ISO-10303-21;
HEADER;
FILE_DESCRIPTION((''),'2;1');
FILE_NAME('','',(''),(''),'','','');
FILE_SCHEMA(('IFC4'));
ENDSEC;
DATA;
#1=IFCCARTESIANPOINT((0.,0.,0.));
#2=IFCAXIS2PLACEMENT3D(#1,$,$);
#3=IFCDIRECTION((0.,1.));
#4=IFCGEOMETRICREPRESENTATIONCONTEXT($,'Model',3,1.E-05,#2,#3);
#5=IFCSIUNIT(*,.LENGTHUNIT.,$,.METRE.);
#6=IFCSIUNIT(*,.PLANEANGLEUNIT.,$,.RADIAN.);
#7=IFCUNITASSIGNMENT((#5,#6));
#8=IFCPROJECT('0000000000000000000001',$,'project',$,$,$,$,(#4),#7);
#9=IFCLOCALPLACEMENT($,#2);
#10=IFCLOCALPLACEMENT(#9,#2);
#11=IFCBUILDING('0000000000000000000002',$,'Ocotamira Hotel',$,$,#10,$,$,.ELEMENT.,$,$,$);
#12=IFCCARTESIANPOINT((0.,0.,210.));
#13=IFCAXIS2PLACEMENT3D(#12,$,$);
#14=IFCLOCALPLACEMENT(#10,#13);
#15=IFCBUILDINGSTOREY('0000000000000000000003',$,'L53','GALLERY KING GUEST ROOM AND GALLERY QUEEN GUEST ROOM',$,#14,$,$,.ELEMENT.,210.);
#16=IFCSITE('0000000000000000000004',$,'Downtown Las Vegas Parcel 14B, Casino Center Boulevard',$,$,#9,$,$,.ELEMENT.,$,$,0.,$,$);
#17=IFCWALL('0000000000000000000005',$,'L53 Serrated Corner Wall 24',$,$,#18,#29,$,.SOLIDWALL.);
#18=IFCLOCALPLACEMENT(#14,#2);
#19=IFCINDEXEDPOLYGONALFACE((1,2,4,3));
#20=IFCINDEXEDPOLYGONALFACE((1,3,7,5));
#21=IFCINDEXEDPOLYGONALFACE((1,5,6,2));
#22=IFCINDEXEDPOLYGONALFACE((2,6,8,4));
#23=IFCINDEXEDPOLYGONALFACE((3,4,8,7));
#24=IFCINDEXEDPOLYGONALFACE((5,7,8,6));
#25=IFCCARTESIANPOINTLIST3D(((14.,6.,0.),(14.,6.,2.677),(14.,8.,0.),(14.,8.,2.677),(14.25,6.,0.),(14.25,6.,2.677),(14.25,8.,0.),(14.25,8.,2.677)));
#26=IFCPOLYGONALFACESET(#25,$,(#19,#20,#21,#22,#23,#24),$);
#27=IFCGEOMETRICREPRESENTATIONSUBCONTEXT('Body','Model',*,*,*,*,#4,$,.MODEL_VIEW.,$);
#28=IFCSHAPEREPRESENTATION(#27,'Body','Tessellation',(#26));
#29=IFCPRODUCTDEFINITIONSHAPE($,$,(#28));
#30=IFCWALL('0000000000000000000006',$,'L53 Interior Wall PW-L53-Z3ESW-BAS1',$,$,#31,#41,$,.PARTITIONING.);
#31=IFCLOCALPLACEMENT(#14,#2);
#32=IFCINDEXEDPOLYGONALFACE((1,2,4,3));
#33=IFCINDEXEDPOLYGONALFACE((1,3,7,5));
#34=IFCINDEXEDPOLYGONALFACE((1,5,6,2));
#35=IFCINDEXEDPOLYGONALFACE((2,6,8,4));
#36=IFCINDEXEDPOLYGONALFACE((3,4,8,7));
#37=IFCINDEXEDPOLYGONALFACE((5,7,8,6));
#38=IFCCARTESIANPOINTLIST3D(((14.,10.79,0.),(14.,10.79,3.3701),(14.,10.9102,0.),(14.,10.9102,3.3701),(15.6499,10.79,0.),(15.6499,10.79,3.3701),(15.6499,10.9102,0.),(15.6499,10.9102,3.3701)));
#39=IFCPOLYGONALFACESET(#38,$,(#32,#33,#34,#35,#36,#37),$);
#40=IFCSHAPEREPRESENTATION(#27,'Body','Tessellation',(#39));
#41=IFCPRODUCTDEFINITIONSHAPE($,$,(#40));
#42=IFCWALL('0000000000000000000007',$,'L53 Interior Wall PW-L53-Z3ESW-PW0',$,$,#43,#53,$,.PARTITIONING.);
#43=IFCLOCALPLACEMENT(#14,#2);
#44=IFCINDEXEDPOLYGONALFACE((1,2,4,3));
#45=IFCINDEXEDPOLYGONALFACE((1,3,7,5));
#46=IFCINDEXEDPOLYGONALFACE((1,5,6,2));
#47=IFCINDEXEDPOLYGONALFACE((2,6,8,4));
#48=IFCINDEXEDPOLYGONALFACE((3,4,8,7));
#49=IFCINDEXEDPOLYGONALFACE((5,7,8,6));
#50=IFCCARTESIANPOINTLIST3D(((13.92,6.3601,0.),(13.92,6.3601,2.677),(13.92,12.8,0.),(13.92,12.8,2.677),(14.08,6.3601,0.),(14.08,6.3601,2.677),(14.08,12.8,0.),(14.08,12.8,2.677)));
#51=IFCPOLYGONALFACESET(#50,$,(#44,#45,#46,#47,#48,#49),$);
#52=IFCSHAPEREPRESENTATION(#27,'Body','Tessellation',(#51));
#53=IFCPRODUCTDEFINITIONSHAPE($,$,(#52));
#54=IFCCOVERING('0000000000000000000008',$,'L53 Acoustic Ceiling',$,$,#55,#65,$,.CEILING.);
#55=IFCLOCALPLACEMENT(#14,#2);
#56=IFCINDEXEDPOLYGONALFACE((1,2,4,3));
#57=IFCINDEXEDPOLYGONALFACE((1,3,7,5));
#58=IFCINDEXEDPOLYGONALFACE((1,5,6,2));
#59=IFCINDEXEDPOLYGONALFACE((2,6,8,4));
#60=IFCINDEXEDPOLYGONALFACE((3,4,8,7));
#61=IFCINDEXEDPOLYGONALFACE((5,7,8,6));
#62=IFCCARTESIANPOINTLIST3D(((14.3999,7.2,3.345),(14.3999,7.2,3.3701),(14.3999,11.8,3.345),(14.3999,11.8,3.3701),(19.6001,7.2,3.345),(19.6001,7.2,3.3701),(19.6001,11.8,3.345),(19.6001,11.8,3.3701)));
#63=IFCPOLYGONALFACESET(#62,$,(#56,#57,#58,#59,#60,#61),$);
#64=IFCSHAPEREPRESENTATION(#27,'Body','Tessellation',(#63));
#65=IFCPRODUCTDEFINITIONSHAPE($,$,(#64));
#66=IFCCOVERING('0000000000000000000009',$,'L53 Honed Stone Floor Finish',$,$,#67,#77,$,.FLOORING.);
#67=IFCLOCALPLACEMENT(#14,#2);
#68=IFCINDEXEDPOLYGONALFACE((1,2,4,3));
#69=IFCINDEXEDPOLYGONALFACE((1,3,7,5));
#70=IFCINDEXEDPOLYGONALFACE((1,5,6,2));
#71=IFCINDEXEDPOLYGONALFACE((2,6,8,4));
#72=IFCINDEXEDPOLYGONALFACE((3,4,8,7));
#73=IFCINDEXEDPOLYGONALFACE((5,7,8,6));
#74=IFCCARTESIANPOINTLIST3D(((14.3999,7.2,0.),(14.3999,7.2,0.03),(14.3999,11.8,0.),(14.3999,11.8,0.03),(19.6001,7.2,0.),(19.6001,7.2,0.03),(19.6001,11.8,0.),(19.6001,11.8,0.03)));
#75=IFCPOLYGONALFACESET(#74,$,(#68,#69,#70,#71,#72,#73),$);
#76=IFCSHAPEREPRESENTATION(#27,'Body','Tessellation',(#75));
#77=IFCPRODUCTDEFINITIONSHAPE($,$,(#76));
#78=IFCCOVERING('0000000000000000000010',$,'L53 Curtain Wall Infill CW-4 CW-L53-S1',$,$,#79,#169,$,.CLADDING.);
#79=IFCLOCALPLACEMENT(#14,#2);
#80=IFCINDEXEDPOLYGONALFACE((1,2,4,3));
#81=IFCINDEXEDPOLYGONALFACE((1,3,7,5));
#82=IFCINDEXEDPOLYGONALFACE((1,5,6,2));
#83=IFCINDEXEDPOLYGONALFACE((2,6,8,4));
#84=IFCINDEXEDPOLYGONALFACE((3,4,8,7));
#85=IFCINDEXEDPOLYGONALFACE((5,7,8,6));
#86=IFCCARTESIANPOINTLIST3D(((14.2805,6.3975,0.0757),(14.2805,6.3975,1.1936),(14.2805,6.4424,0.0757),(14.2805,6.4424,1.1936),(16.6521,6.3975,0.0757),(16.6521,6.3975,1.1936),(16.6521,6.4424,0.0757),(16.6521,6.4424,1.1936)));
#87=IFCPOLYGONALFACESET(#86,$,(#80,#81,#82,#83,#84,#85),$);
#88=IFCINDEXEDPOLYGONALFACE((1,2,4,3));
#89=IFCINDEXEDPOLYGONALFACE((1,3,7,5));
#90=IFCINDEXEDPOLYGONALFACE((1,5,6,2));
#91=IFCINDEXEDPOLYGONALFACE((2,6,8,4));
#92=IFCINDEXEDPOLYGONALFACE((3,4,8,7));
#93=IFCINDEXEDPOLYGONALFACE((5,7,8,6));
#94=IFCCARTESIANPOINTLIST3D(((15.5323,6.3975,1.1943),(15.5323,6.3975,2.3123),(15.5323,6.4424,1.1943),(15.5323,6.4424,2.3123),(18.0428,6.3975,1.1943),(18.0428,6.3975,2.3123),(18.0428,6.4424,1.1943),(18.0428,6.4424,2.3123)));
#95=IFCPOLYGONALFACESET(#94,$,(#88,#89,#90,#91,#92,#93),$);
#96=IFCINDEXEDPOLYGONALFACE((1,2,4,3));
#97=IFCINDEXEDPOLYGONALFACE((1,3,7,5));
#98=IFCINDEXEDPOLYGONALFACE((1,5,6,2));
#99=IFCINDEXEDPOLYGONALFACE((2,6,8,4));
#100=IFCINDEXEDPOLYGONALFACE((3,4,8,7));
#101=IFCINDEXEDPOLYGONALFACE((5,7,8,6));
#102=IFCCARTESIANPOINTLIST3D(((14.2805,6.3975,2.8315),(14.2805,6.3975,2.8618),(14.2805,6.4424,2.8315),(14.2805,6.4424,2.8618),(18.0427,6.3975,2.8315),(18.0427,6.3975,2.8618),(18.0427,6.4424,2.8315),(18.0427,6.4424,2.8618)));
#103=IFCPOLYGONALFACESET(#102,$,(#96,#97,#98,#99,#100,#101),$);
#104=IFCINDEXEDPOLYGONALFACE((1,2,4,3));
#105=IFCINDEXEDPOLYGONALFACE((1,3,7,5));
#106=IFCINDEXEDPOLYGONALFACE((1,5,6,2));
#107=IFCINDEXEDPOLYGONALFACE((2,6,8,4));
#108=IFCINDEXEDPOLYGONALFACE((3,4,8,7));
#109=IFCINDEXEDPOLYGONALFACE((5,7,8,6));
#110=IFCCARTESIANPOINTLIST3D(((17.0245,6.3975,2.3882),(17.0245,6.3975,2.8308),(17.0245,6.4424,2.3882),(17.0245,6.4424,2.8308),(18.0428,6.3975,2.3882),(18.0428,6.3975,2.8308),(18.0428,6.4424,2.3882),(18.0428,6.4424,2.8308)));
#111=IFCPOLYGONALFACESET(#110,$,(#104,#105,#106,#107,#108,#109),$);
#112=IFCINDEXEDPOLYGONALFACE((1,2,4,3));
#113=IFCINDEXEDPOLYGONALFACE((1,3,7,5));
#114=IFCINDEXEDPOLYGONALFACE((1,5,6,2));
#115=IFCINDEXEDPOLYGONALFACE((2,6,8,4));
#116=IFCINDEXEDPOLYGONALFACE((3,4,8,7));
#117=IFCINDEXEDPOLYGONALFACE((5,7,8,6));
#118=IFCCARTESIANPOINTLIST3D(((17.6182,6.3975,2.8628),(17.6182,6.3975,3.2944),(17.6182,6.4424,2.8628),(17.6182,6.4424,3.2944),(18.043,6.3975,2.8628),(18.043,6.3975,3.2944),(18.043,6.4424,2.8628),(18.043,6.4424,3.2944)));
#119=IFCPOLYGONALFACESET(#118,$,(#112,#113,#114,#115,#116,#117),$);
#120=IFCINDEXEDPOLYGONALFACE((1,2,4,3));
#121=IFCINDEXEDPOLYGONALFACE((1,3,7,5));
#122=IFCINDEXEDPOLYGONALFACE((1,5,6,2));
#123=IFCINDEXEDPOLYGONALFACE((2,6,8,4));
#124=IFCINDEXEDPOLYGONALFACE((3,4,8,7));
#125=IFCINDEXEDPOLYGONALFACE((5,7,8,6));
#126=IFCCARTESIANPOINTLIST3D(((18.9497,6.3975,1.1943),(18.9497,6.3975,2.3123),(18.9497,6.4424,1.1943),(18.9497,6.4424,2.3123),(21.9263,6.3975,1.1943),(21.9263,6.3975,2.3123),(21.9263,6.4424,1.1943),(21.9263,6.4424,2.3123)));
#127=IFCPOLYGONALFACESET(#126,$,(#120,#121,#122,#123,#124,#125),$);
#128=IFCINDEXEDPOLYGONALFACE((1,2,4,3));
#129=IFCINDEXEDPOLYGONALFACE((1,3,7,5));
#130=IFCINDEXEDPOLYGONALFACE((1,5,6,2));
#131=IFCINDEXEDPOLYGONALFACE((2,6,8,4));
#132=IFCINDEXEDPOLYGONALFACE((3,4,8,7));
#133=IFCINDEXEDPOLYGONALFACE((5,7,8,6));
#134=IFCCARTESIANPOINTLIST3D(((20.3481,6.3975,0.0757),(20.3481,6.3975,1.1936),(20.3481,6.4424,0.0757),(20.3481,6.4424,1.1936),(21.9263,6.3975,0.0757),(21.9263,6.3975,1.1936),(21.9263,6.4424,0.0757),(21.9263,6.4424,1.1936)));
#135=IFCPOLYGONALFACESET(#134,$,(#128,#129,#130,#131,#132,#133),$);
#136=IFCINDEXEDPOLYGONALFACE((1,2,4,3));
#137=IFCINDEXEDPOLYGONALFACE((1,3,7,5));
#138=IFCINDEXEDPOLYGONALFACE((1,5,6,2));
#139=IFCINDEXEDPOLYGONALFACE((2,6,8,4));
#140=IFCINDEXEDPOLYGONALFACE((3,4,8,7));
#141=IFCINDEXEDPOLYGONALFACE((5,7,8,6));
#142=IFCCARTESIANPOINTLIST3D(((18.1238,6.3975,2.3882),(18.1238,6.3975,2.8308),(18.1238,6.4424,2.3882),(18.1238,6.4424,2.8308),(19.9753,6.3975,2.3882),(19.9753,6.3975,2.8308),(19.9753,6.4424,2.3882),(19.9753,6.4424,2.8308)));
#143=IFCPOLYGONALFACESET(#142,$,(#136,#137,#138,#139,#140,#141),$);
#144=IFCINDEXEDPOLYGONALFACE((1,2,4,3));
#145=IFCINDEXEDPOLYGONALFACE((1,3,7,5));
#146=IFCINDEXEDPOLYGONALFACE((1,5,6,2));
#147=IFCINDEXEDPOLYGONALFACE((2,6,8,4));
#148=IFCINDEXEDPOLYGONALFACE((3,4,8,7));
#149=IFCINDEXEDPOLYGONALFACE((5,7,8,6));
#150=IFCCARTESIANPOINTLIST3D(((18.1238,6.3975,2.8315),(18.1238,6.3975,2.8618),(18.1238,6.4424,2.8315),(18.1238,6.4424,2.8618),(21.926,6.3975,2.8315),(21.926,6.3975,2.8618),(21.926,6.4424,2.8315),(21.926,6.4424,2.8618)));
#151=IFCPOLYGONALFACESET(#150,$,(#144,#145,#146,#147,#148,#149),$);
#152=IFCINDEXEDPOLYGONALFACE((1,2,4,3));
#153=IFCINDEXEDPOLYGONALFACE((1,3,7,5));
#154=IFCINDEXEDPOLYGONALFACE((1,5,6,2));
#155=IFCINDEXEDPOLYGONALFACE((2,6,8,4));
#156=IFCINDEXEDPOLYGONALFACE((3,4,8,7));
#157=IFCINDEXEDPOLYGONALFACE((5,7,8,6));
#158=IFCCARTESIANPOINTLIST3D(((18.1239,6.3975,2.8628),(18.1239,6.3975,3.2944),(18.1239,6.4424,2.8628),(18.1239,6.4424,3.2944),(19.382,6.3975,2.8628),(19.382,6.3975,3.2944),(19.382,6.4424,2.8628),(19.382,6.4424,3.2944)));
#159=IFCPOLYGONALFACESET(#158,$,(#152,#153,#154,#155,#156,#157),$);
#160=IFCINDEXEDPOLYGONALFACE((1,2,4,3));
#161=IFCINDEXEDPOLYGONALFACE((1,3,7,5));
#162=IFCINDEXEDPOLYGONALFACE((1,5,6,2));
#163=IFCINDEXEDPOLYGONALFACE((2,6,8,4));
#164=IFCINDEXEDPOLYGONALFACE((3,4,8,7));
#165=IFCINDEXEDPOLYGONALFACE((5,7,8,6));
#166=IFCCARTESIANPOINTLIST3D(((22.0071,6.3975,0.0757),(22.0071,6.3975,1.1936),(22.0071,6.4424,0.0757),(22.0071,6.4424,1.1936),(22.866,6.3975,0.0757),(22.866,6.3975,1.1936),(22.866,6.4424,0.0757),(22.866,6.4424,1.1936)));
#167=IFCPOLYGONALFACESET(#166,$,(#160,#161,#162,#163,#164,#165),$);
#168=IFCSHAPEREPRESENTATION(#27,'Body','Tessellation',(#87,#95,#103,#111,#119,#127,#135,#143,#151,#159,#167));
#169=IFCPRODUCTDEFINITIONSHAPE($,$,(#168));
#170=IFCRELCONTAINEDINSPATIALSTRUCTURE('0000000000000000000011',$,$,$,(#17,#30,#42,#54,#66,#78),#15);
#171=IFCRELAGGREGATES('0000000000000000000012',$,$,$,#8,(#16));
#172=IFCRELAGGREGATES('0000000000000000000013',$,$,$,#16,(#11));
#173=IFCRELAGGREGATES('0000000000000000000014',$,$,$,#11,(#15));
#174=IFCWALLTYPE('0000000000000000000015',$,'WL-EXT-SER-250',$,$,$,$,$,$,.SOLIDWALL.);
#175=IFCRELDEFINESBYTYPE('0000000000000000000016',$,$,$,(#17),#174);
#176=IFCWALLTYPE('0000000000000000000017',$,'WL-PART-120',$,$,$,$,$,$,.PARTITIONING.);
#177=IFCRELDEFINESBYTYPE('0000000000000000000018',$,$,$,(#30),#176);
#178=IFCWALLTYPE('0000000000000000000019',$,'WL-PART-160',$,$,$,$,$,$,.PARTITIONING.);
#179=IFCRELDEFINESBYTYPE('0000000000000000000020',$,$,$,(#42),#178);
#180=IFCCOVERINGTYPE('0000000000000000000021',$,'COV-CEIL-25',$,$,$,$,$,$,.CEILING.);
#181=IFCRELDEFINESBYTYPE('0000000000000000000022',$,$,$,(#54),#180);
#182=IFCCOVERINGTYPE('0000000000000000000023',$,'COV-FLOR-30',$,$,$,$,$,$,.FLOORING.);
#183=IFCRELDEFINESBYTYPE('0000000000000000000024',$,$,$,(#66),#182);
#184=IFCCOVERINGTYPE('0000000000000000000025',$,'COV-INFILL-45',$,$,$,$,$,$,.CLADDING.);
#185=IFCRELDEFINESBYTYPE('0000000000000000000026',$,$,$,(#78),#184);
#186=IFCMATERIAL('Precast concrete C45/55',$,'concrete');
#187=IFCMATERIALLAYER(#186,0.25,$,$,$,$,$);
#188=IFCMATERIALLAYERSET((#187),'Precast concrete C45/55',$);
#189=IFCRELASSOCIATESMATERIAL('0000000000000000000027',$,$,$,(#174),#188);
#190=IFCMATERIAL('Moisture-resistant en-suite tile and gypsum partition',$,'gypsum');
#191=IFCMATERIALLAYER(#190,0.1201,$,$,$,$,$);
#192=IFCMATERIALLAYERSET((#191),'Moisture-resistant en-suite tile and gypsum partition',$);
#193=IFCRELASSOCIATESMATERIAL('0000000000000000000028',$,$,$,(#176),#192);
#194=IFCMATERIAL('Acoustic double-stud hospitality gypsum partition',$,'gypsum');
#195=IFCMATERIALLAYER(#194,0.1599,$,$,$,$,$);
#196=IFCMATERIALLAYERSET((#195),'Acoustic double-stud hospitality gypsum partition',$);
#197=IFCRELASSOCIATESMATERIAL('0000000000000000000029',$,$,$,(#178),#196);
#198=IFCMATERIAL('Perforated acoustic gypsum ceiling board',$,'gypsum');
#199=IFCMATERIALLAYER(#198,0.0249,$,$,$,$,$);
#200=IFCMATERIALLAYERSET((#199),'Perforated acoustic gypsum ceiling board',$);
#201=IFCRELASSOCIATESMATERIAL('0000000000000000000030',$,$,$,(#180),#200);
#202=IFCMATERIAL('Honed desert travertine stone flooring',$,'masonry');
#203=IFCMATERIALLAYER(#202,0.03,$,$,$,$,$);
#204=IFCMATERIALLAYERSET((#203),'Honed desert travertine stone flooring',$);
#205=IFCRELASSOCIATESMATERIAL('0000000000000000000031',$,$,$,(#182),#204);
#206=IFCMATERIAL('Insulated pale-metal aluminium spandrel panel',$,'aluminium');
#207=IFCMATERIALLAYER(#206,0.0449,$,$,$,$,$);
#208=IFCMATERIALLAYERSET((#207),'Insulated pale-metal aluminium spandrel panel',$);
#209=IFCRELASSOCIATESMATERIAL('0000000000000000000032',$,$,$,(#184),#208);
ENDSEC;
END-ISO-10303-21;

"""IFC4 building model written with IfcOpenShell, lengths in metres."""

from ifc_helpers import new_model, si_unit, direction, frame, frame_2d, origin, origin_2d, place, context, subcontext, project, spatial, polyline, rectangle, outline, extrude, material, layer, layer_set, type_object, element, save


model = new_model("IFC4")

# Units and contexts
model_context = context("Model", 3, precision=1e-05, world=origin(), true_north=direction((0.0, 1.0)))
body_context = subcontext(model_context, "Body", "Model", "MODEL_VIEW")
ifc_project = project(units=[si_unit("LENGTHUNIT", "METRE"), si_unit("PLANEANGLEUNIT", "RADIAN")], contexts=[model_context])

# Site, building, storey
site_placement = place(None, origin())
site = spatial("IfcSite", under=ifc_project, at=site_placement, Name="Downtown Las Vegas Parcel 14B, Casino Center Boulevard", CompositionType="ELEMENT", RefElevation=0.0)
building_placement = place(site_placement, origin())
building = spatial("IfcBuilding", under=site, at=building_placement, Name="Ocotamira Hotel", CompositionType="ELEMENT")
storey_placement = place(building_placement, frame((0.0, 0.0, 210.0)))
storey = spatial("IfcBuildingStorey", under=building, at=storey_placement, Name="L53", Description="GALLERY KING GUEST ROOM AND GALLERY QUEEN GUEST ROOM", CompositionType="ELEMENT", Elevation=210.0)

# Walls
ifc_material_1 = material(Name="Precast concrete C45/55", Category="concrete")
ifc_layer_1 = layer(ifc_material_1, 0.25)
ifc_layer_set_1 = layer_set([ifc_layer_1], Name="Precast concrete C45/55")
wall_type_1 = type_object("IfcWallType", Name="WL-EXT-SER-250", PredefinedType="SOLIDWALL", material=ifc_layer_set_1)
wall_1_placement = place(storey_placement, frame((14.125, 8.0, 0.0), z_axis=(0.0, 0.0, 1.0), x_axis=(0.0, -1.0, 0.0)))
element("IfcWall", 1, at=wall_1_placement, inside=storey, type_object=wall_type_1, Name="L53 Serrated Corner Wall 24", PredefinedType="SOLIDWALL", context=body_context, shape_type="SweptSolid", body=[
    extrude(rectangle(XDim=2.0, YDim=0.25, at=frame_2d((1.0, 0.0))), origin(), (0.0, 0.0, 1.0), 2.677),
])
ifc_material_2 = material(Name="Moisture-resistant en-suite tile and gypsum partition", Category="gypsum")
ifc_layer_2 = layer(ifc_material_2, 0.1201)
ifc_layer_set_2 = layer_set([ifc_layer_2], Name="Moisture-resistant en-suite tile and gypsum partition")
wall_type_2 = type_object("IfcWallType", Name="WL-PART-120", PredefinedType="PARTITIONING", material=ifc_layer_set_2)
wall_2_placement = place(storey_placement, frame((14.0, 10.8501, 0.0), z_axis=(0.0, 0.0, 1.0), x_axis=(1.0, 0.0, 0.0)))
element("IfcWall", 2, at=wall_2_placement, inside=storey, type_object=wall_type_2, Name="L53 Interior Wall PW-L53-Z3ESW-BAS1", PredefinedType="PARTITIONING", context=body_context, shape_type="SweptSolid", body=[
    extrude(rectangle(XDim=1.6499, YDim=0.1201, at=frame_2d((0.825, 0.0))), origin(), (0.0, 0.0, 1.0), 3.3701),
])
ifc_material_3 = material(Name="Acoustic double-stud hospitality gypsum partition", Category="gypsum")
ifc_layer_3 = layer(ifc_material_3, 0.1599)
ifc_layer_set_3 = layer_set([ifc_layer_3], Name="Acoustic double-stud hospitality gypsum partition")
wall_type_3 = type_object("IfcWallType", Name="WL-PART-160", PredefinedType="PARTITIONING", material=ifc_layer_set_3)
wall_3_placement = place(storey_placement, frame((14.0, 6.3601, 0.0), z_axis=(0.0, 0.0, 1.0), x_axis=(0.0, 1.0, 0.0)))
element("IfcWall", 3, at=wall_3_placement, inside=storey, type_object=wall_type_3, Name="L53 Interior Wall PW-L53-Z3ESW-PW0", PredefinedType="PARTITIONING", context=body_context, shape_type="SweptSolid", body=[
    extrude(rectangle(XDim=6.4399, YDim=0.1599, at=frame_2d((3.22, 0.0))), origin(), (0.0, 0.0, 1.0), 2.677),
])

# Coverings
ifc_material_4 = material(Name="Perforated acoustic gypsum ceiling board", Category="gypsum")
ifc_layer_4 = layer(ifc_material_4, 0.0249)
ifc_layer_set_4 = layer_set([ifc_layer_4], Name="Perforated acoustic gypsum ceiling board")
covering_type_1 = type_object("IfcCoveringType", Name="COV-CEIL-25", PredefinedType="CEILING", material=ifc_layer_set_4)
covering_1_placement = place(storey_placement, frame((0.0, 0.0, 3.345)))
element("IfcCovering", 4, at=covering_1_placement, inside=storey, type_object=covering_type_1, Name="L53 Acoustic Ceiling", PredefinedType="CEILING", context=body_context, shape_type="SweptSolid", body=[
    extrude(outline(polyline([(14.3999, 7.2), (19.6001, 7.2), (19.6001, 11.8), (14.3999, 11.8), (14.3999, 7.2)])), origin(), (0.0, 0.0, 1.0), 0.0251),
])
ifc_material_5 = material(Name="Honed desert travertine stone flooring", Category="masonry")
ifc_layer_5 = layer(ifc_material_5, 0.03)
ifc_layer_set_5 = layer_set([ifc_layer_5], Name="Honed desert travertine stone flooring")
covering_type_2 = type_object("IfcCoveringType", Name="COV-FLOR-30", PredefinedType="FLOORING", material=ifc_layer_set_5)
covering_2_placement = place(storey_placement, origin())
element("IfcCovering", 5, at=covering_2_placement, inside=storey, type_object=covering_type_2, Name="L53 Honed Stone Floor Finish", PredefinedType="FLOORING", context=body_context, shape_type="SweptSolid", body=[
    extrude(outline(polyline([(14.3999, 7.2), (19.6001, 7.2), (19.6001, 11.8), (14.3999, 11.8), (14.3999, 7.2)])), origin(), (0.0, 0.0, 1.0), 0.03),
])
ifc_material_6 = material(Name="Insulated pale-metal aluminium spandrel panel", Category="aluminium")
ifc_layer_6 = layer(ifc_material_6, 0.0449)
ifc_layer_set_6 = layer_set([ifc_layer_6], Name="Insulated pale-metal aluminium spandrel panel")
covering_type_3 = type_object("IfcCoveringType", Name="COV-INFILL-45", PredefinedType="CLADDING", material=ifc_layer_set_6)
covering_3_placement = place(storey_placement, origin())
element("IfcCovering", 6, at=covering_3_placement, inside=storey, type_object=covering_type_3, Name="L53 Curtain Wall Infill CW-4 CW-L53-S1", PredefinedType="CLADDING", context=body_context, shape_type="SweptSolid", body=[
    extrude(rectangle(XDim=2.3716, YDim=0.0449, at=origin_2d()), frame((15.4663, 6.4199, 0.0757), z_axis=(0.0, 0.0, 1.0), x_axis=(1.0, 0.0, 0.0)), (0.0, 0.0, 1.0), 1.1179),
    extrude(rectangle(XDim=2.5105, YDim=0.0449, at=origin_2d()), frame((16.7876, 6.4199, 1.1943), z_axis=(0.0, 0.0, 1.0), x_axis=(1.0, 0.0, 0.0)), (0.0, 0.0, 1.0), 1.1179),
    extrude(rectangle(XDim=3.7622, YDim=0.0449, at=origin_2d()), frame((16.1616, 6.4199, 2.8315), z_axis=(0.0, 0.0, 1.0), x_axis=(1.0, 0.0, 0.0)), (0.0, 0.0, 1.0), 0.0303),
    extrude(rectangle(XDim=1.0183, YDim=0.0449, at=origin_2d()), frame((17.5337, 6.4199, 2.3882), z_axis=(0.0, 0.0, 1.0), x_axis=(1.0, 0.0, 0.0)), (0.0, 0.0, 1.0), 0.4426),
    extrude(rectangle(XDim=0.4248, YDim=0.0449, at=origin_2d()), frame((17.8306, 6.4199, 2.8628), z_axis=(0.0, 0.0, 1.0), x_axis=(1.0, 0.0, 0.0)), (0.0, 0.0, 1.0), 0.4316),
    extrude(rectangle(XDim=2.9766, YDim=0.0449, at=origin_2d()), frame((20.438, 6.4199, 1.1943), z_axis=(0.0, 0.0, 1.0), x_axis=(1.0, 0.0, 0.0)), (0.0, 0.0, 1.0), 1.1179),
    extrude(rectangle(XDim=1.5781, YDim=0.0449, at=origin_2d()), frame((21.1372, 6.4199, 0.0757), z_axis=(0.0, 0.0, 1.0), x_axis=(1.0, 0.0, 0.0)), (0.0, 0.0, 1.0), 1.1179),
    extrude(rectangle(XDim=1.8516, YDim=0.0449, at=origin_2d()), frame((19.0496, 6.4199, 2.3882), z_axis=(0.0, 0.0, 1.0), x_axis=(1.0, 0.0, 0.0)), (0.0, 0.0, 1.0), 0.4426),
    extrude(rectangle(XDim=3.8022, YDim=0.0449, at=origin_2d()), frame((20.0249, 6.4199, 2.8315), z_axis=(0.0, 0.0, 1.0), x_axis=(1.0, 0.0, 0.0)), (0.0, 0.0, 1.0), 0.0303),
    extrude(rectangle(XDim=1.2581, YDim=0.0449, at=origin_2d()), frame((18.7529, 6.4199, 2.8628), z_axis=(0.0, 0.0, 1.0), x_axis=(1.0, 0.0, 0.0)), (0.0, 0.0, 1.0), 0.4316),
    extrude(rectangle(XDim=0.8589, YDim=0.0449, at=origin_2d()), frame((22.4365, 6.4199, 0.0757), z_axis=(0.0, 0.0, 1.0), x_axis=(1.0, 0.0, 0.0)), (0.0, 0.0, 1.0), 1.1179),
])

save(model, "model.ifc")
